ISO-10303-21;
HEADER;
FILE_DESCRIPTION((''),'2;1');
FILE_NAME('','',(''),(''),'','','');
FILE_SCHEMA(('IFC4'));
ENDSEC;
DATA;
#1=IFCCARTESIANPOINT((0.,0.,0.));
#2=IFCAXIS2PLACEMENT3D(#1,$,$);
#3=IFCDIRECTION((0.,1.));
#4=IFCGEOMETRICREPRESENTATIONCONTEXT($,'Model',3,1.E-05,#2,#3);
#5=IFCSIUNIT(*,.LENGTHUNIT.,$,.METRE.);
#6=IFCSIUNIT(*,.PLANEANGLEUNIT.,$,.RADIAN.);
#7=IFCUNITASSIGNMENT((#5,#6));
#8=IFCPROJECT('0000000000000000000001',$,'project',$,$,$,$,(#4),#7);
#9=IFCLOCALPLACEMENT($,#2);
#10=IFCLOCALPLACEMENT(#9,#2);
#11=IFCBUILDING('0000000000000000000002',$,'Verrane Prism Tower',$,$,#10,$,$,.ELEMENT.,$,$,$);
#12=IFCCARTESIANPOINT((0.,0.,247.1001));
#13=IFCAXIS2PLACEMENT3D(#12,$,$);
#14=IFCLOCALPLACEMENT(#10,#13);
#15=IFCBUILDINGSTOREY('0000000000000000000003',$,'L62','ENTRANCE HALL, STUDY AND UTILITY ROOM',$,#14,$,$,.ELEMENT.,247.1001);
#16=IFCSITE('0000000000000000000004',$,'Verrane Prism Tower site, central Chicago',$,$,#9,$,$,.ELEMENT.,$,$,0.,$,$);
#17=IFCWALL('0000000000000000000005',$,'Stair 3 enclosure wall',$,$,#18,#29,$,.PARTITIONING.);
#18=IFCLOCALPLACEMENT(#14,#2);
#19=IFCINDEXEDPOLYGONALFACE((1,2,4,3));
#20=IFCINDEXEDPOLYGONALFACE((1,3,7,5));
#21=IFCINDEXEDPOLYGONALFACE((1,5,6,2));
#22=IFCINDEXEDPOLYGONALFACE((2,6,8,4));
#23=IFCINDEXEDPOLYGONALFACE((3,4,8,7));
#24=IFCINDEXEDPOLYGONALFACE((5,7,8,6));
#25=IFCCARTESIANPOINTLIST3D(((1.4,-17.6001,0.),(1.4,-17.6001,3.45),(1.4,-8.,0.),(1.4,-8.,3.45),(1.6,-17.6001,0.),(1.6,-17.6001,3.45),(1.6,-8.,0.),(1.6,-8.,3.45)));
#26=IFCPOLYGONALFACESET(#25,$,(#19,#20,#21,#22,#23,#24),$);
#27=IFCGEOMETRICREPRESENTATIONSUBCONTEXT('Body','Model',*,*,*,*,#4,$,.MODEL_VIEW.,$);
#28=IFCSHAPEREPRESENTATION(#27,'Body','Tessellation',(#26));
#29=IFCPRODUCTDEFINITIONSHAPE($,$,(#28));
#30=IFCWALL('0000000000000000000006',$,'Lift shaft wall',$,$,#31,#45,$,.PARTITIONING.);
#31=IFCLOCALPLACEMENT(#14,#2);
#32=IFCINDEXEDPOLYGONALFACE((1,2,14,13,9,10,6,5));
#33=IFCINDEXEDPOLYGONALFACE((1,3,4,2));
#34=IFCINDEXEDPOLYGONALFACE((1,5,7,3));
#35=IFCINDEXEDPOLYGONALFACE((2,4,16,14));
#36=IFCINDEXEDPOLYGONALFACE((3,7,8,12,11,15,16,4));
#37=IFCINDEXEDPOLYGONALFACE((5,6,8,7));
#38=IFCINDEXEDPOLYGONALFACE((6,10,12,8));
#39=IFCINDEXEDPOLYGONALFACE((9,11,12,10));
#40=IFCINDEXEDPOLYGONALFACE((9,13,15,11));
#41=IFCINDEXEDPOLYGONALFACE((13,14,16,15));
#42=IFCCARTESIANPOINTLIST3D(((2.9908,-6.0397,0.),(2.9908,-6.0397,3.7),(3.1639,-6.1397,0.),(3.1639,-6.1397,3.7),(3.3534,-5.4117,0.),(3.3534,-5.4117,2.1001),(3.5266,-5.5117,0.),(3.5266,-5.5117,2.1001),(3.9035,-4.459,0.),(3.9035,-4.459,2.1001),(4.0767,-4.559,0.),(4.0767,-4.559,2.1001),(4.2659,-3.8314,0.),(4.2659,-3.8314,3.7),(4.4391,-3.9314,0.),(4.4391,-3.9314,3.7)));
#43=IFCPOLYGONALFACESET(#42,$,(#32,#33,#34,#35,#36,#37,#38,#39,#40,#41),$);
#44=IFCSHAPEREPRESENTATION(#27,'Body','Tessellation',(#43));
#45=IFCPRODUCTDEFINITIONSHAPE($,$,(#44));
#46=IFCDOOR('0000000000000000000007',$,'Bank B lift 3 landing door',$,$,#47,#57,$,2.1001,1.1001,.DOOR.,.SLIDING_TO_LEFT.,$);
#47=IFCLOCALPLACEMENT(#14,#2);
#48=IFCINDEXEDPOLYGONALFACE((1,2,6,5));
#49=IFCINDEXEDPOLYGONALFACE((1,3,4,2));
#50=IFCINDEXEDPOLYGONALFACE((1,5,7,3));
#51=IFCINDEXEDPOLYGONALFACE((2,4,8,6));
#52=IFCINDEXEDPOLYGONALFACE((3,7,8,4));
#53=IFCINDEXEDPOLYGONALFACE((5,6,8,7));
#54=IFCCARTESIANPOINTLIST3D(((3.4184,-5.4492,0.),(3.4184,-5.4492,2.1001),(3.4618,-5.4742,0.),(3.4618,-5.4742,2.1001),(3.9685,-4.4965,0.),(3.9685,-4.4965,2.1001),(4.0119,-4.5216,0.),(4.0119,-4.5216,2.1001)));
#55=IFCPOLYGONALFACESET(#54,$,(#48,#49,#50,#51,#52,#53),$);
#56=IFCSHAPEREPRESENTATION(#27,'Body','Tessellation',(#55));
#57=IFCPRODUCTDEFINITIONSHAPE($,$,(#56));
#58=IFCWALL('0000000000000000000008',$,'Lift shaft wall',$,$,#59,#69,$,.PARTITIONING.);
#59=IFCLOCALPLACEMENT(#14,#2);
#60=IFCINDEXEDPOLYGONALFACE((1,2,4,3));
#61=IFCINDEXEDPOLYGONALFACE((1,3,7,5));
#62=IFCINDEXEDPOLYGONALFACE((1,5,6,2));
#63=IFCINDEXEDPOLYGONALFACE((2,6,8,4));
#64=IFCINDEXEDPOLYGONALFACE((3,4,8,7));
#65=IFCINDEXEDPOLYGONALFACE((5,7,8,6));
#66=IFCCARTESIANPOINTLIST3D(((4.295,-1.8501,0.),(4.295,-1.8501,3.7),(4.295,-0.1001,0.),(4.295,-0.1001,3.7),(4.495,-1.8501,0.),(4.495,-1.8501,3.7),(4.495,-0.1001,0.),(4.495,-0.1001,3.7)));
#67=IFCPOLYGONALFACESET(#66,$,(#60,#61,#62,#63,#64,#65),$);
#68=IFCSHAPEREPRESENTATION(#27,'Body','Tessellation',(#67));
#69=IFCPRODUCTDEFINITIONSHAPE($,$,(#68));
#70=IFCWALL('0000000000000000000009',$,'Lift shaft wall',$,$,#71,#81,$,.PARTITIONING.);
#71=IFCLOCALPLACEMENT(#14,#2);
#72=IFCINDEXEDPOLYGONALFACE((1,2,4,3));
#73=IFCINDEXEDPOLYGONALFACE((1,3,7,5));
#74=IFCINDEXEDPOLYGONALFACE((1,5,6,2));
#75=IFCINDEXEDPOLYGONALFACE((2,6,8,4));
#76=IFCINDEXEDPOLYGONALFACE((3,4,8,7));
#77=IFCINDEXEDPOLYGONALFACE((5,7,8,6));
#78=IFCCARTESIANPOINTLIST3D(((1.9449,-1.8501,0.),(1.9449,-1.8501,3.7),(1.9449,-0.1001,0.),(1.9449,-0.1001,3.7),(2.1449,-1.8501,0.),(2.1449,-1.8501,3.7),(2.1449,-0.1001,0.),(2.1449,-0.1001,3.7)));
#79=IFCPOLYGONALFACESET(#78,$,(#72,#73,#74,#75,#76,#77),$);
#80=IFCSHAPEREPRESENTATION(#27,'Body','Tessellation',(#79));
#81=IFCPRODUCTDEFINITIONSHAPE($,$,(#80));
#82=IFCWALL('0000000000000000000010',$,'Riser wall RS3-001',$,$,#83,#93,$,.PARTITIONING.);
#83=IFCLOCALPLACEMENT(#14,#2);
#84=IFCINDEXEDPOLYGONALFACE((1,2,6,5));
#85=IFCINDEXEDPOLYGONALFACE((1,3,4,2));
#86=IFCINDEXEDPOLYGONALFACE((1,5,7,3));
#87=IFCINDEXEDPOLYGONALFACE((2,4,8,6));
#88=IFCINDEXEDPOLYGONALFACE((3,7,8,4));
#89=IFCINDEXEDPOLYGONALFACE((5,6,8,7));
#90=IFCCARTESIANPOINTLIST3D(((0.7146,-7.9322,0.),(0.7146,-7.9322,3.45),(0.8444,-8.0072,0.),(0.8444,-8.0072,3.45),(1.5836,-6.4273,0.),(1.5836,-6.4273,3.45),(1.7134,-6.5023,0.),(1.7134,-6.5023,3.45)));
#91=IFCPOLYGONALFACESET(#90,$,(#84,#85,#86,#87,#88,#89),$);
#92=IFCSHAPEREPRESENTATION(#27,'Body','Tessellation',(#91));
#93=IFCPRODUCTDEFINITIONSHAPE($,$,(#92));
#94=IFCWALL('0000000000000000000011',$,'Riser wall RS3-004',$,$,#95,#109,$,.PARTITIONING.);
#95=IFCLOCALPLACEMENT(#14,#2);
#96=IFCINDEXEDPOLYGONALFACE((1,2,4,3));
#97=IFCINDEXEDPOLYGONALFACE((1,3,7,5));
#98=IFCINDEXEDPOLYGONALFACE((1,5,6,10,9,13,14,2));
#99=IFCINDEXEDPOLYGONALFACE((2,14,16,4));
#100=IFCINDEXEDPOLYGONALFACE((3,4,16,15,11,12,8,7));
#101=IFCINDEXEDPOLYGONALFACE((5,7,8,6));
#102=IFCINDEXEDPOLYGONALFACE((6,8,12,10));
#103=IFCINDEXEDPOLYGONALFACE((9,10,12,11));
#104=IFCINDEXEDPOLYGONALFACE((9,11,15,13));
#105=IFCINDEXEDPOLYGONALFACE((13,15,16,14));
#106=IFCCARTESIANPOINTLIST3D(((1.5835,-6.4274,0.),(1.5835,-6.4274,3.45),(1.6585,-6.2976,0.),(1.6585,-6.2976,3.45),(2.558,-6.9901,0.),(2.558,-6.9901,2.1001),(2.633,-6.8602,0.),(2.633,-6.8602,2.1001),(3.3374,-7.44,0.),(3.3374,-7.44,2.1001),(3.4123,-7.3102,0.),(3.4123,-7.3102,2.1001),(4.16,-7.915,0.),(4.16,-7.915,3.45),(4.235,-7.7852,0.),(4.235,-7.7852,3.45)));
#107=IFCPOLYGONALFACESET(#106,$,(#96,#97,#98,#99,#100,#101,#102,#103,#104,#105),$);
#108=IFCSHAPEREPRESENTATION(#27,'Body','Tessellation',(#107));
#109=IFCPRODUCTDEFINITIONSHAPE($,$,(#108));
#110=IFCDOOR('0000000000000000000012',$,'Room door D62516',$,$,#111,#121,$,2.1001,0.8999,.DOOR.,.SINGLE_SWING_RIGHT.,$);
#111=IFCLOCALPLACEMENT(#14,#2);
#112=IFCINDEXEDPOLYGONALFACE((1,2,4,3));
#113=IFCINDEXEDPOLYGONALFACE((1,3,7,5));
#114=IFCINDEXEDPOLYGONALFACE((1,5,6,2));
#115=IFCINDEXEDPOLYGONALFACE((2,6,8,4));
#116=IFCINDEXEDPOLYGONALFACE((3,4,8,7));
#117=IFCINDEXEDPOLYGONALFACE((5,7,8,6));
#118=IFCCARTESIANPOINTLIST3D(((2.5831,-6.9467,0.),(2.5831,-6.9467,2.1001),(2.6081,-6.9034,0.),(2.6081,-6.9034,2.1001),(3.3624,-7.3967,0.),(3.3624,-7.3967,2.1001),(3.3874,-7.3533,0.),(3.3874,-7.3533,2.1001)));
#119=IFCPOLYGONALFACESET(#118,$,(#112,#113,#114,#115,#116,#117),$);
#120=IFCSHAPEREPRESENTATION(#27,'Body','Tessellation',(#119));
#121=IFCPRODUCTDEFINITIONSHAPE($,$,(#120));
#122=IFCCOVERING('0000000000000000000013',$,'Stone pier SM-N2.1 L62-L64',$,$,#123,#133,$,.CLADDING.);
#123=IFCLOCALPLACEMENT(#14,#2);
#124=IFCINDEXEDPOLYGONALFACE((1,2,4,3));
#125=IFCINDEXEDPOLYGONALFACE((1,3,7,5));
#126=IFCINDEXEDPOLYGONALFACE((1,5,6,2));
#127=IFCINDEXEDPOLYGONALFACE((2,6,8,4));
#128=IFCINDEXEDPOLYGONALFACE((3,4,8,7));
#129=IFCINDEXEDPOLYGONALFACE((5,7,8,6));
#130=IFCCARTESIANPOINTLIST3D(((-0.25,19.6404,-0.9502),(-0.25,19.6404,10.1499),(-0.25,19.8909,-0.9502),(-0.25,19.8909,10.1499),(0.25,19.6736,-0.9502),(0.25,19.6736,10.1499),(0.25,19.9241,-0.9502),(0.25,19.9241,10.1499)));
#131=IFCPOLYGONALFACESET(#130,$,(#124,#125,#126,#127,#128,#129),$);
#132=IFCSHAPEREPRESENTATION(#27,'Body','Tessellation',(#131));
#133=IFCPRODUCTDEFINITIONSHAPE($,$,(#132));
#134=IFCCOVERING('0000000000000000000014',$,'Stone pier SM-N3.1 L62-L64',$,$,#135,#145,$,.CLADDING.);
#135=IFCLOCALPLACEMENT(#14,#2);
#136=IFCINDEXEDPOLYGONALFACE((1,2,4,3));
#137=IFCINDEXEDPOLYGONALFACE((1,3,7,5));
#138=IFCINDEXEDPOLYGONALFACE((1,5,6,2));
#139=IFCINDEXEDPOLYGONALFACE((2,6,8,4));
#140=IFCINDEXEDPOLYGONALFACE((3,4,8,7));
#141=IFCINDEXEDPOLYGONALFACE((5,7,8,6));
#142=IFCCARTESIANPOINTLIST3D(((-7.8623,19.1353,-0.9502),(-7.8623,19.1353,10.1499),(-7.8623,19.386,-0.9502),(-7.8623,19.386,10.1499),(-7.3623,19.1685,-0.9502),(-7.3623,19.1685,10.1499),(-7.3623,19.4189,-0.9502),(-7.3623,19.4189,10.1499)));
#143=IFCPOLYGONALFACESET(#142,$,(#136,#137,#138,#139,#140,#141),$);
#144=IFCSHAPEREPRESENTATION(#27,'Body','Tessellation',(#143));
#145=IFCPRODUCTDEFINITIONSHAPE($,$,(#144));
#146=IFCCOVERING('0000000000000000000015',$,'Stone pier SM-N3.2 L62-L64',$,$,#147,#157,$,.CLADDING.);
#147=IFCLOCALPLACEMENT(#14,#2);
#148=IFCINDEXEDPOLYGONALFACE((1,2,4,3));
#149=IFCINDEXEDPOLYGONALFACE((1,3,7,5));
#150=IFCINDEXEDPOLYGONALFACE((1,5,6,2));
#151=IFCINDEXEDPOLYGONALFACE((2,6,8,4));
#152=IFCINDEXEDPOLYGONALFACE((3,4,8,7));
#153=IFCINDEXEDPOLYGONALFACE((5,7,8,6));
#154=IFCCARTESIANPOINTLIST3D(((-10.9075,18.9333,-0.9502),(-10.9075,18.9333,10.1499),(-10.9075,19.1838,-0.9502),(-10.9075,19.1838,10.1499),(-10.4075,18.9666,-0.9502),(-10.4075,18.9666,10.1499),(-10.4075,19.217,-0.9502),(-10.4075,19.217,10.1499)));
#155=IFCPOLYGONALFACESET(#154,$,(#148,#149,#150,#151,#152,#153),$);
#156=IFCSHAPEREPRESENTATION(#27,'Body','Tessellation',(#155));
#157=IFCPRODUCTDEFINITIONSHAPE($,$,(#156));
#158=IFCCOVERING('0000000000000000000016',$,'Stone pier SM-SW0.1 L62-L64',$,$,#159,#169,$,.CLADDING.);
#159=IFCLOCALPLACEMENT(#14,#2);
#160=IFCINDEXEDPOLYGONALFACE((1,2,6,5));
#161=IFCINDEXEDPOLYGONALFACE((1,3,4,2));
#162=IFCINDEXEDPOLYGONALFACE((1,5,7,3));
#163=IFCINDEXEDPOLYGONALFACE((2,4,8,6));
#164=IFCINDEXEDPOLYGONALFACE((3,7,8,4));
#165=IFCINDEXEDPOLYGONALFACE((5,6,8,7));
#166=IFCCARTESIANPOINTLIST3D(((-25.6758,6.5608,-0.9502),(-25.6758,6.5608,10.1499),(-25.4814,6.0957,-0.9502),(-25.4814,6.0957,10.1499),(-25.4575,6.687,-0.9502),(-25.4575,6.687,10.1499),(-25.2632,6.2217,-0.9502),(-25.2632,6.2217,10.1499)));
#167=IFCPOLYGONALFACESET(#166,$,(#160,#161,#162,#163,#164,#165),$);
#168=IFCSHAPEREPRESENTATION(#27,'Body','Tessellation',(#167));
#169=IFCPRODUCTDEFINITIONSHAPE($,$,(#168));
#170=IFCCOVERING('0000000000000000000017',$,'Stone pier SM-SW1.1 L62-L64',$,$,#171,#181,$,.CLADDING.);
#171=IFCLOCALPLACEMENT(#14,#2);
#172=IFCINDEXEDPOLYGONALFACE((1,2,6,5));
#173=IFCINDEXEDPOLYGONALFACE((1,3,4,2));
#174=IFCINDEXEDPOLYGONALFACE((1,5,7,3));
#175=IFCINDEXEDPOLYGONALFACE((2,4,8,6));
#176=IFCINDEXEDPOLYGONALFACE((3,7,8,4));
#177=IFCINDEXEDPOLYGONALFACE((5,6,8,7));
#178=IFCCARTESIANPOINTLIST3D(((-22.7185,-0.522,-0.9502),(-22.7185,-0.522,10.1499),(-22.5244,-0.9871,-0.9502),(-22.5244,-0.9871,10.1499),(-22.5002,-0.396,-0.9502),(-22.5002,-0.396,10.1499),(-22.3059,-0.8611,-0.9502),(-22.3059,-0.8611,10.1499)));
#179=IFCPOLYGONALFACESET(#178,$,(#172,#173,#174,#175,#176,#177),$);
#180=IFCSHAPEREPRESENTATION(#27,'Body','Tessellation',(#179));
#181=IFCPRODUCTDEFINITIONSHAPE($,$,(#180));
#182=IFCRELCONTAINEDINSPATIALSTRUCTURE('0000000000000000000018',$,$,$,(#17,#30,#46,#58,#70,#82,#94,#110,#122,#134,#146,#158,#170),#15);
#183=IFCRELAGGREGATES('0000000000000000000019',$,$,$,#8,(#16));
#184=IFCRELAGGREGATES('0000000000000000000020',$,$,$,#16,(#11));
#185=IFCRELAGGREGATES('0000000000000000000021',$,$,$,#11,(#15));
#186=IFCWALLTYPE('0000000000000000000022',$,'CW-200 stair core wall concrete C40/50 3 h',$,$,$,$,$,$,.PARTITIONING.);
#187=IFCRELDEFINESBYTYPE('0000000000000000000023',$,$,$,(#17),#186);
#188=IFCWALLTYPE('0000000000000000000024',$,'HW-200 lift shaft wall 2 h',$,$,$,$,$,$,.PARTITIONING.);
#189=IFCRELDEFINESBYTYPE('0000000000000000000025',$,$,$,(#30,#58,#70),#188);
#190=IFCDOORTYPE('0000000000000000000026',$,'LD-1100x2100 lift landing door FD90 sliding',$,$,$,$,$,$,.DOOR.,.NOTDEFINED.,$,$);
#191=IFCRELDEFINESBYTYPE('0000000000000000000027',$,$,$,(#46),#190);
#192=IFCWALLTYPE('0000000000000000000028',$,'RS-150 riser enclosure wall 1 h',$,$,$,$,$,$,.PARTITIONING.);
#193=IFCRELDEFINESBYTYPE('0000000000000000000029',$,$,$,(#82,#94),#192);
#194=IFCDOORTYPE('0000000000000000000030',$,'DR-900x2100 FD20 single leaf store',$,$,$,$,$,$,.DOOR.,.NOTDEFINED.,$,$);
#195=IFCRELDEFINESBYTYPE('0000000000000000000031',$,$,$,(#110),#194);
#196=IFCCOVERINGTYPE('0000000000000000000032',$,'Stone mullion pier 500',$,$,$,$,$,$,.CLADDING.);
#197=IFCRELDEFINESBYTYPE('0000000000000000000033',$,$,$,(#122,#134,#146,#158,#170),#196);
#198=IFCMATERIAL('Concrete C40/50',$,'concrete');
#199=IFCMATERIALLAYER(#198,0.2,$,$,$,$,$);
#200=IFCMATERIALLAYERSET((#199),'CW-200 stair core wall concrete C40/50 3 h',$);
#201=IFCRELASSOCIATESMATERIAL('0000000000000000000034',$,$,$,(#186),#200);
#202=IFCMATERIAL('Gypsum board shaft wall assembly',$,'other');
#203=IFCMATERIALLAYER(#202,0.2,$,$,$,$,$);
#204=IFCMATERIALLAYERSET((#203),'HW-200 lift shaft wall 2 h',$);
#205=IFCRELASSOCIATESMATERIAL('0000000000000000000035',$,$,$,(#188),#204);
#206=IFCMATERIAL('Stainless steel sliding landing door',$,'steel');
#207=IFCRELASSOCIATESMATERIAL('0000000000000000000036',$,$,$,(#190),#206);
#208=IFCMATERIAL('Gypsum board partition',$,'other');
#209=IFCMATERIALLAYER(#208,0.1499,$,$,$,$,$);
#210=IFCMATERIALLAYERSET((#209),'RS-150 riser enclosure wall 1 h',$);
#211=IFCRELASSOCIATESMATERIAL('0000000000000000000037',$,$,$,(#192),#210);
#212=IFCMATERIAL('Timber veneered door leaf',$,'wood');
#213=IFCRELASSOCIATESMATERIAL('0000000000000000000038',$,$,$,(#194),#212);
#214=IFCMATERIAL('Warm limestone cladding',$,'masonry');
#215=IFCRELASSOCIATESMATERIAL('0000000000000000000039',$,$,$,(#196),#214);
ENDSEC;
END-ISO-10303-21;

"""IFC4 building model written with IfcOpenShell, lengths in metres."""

from ifc_helpers import new_model, si_unit, direction, frame, frame_2d, origin, place, context, subcontext, project, spatial, polyline, rectangle, outline, extrude, material, layer, layer_set, type_object, element, fill, save


model = new_model("IFC4")

# Units and contexts
model_context = context("Model", 3, precision=1e-05, world=origin(), true_north=direction((0.0, 1.0)))
body_context = subcontext(model_context, "Body", "Model", "MODEL_VIEW")
ifc_project = project(units=[si_unit("LENGTHUNIT", "METRE"), si_unit("PLANEANGLEUNIT", "RADIAN")], contexts=[model_context])

# Site, building, storey
site_placement = place(None, origin())
site = spatial("IfcSite", under=ifc_project, at=site_placement, Name="Verrane Prism Tower site, central Chicago", CompositionType="ELEMENT", RefElevation=0.0)
building_placement = place(site_placement, origin())
building = spatial("IfcBuilding", under=site, at=building_placement, Name="Verrane Prism Tower", CompositionType="ELEMENT")
storey_placement = place(building_placement, frame((0.0, 0.0, 247.1001)))
storey = spatial("IfcBuildingStorey", under=building, at=storey_placement, Name="L62", Description="ENTRANCE HALL, STUDY AND UTILITY ROOM", CompositionType="ELEMENT", Elevation=247.1001)

# Wall
ifc_material_1 = material(Name="Concrete C40/50", Category="concrete")
ifc_layer_1 = layer(ifc_material_1, 0.2)
ifc_layer_set_1 = layer_set([ifc_layer_1], Name="CW-200 stair core wall concrete C40/50 3 h")
wall_type_1 = type_object("IfcWallType", Name="CW-200 stair core wall concrete C40/50 3 h", PredefinedType="PARTITIONING", material=ifc_layer_set_1)
wall_1_placement = place(storey_placement, frame((1.5, -8.0, 0.0), z_axis=(0.0, 0.0, 1.0), x_axis=(0.0, -1.0, 0.0)))
element("IfcWall", 1, at=wall_1_placement, inside=storey, type_object=wall_type_1, Name="Stair 3 enclosure wall", PredefinedType="PARTITIONING", context=body_context, shape_type="SweptSolid", body=[
    extrude(rectangle(XDim=9.6001, YDim=0.2, at=frame_2d((4.8, 0.0))), origin(), (0.0, 0.0, 1.0), 3.45),
])

# Wall, opening, door
ifc_material_2 = material(Name="Gypsum board shaft wall assembly", Category="other")
ifc_layer_2 = layer(ifc_material_2, 0.2)
ifc_layer_set_2 = layer_set([ifc_layer_2], Name="HW-200 lift shaft wall 2 h")
wall_type_2 = type_object("IfcWallType", Name="HW-200 lift shaft wall 2 h", PredefinedType="PARTITIONING", material=ifc_layer_set_2)
wall_2_placement = place(storey_placement, frame((3.0774, -6.0896, 0.0), z_axis=(0.0, 0.0, 1.0), x_axis=(0.500062, 0.865989, 0.0)))
wall_2 = element("IfcWall", 2, at=wall_2_placement, inside=storey, type_object=wall_type_2, Name="Lift shaft wall", PredefinedType="PARTITIONING", context=body_context, shape_type="SweptSolid", body=[
    extrude(rectangle(XDim=2.55, YDim=0.2, at=frame_2d((1.2749, 0.0))), origin(), (0.0, 0.0, 1.0), 3.7),
])
opening_1_placement = place(wall_2_placement, frame((0.7251, 0.0, 0.0)))
opening_1 = element("IfcOpeningElement", 3, at=opening_1_placement, cuts=wall_2, PredefinedType="OPENING", context=body_context, shape_type="SweptSolid", body=[
    extrude(rectangle(XDim=1.1001, YDim=2.1001, at=frame_2d((0.55, 1.05))), frame((0.0, 0.1099, 0.0), z_axis=(0.0, -1.0, 0.0), x_axis=(1.0, 0.0, 0.0)), (0.0, 0.0, 1.0), 0.22),
])
ifc_material_3 = material(Name="Stainless steel sliding landing door", Category="steel")
door_type_1 = type_object("IfcDoorType", Name="LD-1100x2100 lift landing door FD90 sliding", OperationType="NOTDEFINED", PredefinedType="DOOR", material=ifc_material_3)
door_1_placement = place(opening_1_placement, origin())
door_1 = element("IfcDoor", 4, at=door_1_placement, inside=storey, type_object=door_type_1, Name="Bank B lift 3 landing door", OperationType="SLIDING_TO_LEFT", OverallHeight=2.1001, OverallWidth=1.1001, PredefinedType="DOOR", context=body_context, shape_type="SweptSolid", body=[
    extrude(rectangle(XDim=1.1001, YDim=2.1001, at=frame_2d((0.55, 1.05))), frame((0.0, 0.0249, 0.0), z_axis=(0.0, -1.0, 0.0), x_axis=(1.0, 0.0, 0.0)), (0.0, 0.0, 1.0), 0.05),
])
fill(opening_1, door_1)

# Walls
for number, where, z_axis, x_axis, name in (
    (5, (4.395, -1.8501, 0.0), (0.0, 0.0, 1.0), (0.0, 1.0, 0.0), "Lift shaft wall"),
    (6, (2.0449, -1.8501, 0.0), (0.0, 0.0, 1.0), (0.0, 1.0, 0.0), "Lift shaft wall"),
):
    element("IfcWall", number, at=place(storey_placement, frame(where, z_axis=z_axis, x_axis=x_axis)), inside=storey, type_object=wall_type_2, Name=name, PredefinedType="PARTITIONING", context=body_context, shape_type="SweptSolid", body=[
        extrude(rectangle(XDim=1.75, YDim=0.2, at=frame_2d((0.875, 0.0))), origin(), (0.0, 0.0, 1.0), 3.7),
    ])
ifc_material_4 = material(Name="Gypsum board partition", Category="other")
ifc_layer_3 = layer(ifc_material_4, 0.1499)
ifc_layer_set_3 = layer_set([ifc_layer_3], Name="RS-150 riser enclosure wall 1 h")
wall_type_3 = type_object("IfcWallType", Name="RS-150 riser enclosure wall 1 h", PredefinedType="PARTITIONING", material=ifc_layer_set_3)
wall_3_placement = place(storey_placement, frame((0.7795, -7.9697, 0.0), z_axis=(0.0, 0.0, 1.0), x_axis=(0.500022, 0.866012, 0.0)))
element("IfcWall", 7, at=wall_3_placement, inside=storey, type_object=wall_type_3, Name="Riser wall RS3-001", PredefinedType="PARTITIONING", context=body_context, shape_type="SweptSolid", body=[
    extrude(rectangle(XDim=1.7378, YDim=0.1499, at=frame_2d((0.8689, 0.0))), origin(), (0.0, 0.0, 1.0), 3.45),
])

# Wall, opening, door
wall_4_placement = place(storey_placement, frame((4.1975, -7.8501, 0.0), z_axis=(0.0, 0.0, 1.0), x_axis=(-0.866017, 0.500014, 0.0)))
wall_4 = element("IfcWall", 8, at=wall_4_placement, inside=storey, type_object=wall_type_3, Name="Riser wall RS3-004", PredefinedType="PARTITIONING", context=body_context, shape_type="SweptSolid", body=[
    extrude(rectangle(XDim=2.9751, YDim=0.1499, at=frame_2d((1.4875, 0.0))), origin(), (0.0, 0.0, 1.0), 3.45),
])
opening_2_placement = place(wall_4_placement, frame((0.95, 0.0, 0.0)))
opening_2 = element("IfcOpeningElement", 9, at=opening_2_placement, cuts=wall_4, PredefinedType="OPENING", context=body_context, shape_type="SweptSolid", body=[
    extrude(rectangle(XDim=0.8999, YDim=2.1001, at=frame_2d((0.45, 1.05))), frame((0.0, 0.085, 0.0), z_axis=(0.0, -1.0, 0.0), x_axis=(1.0, 0.0, 0.0)), (0.0, 0.0, 1.0), 0.1699),
])
ifc_material_5 = material(Name="Timber veneered door leaf", Category="wood")
door_type_2 = type_object("IfcDoorType", Name="DR-900x2100 FD20 single leaf store", OperationType="NOTDEFINED", PredefinedType="DOOR", material=ifc_material_5)
door_2_placement = place(opening_2_placement, origin())
door_2 = element("IfcDoor", 10, at=door_2_placement, inside=storey, type_object=door_type_2, Name="Room door D62516", OperationType="SINGLE_SWING_RIGHT", OverallHeight=2.1001, OverallWidth=0.8999, PredefinedType="DOOR", context=body_context, shape_type="SweptSolid", body=[
    extrude(rectangle(XDim=0.8999, YDim=2.1001, at=frame_2d((0.45, 1.05))), frame((0.0, 0.0249, 0.0), z_axis=(0.0, -1.0, 0.0), x_axis=(1.0, 0.0, 0.0)), (0.0, 0.0, 1.0), 0.05),
])
fill(opening_2, door_2)

# Coverings
ifc_material_6 = material(Name="Warm limestone cladding", Category="masonry")
covering_type_1 = type_object("IfcCoveringType", Name="Stone mullion pier 500", PredefinedType="CLADDING", material=ifc_material_6)
covering_1_placement = place(storey_placement, frame((0.0, 0.0, -0.9502)))
element("IfcCovering", 11, at=covering_1_placement, inside=storey, type_object=covering_type_1, Name="Stone pier SM-N2.1 L62-L64", PredefinedType="CLADDING", context=body_context, shape_type="SweptSolid", body=[
    extrude(outline(polyline([(-0.25, 19.6404), (0.25, 19.6736), (0.25, 19.9241), (-0.25, 19.8909), (-0.25, 19.6404)])), origin(), (0.0, 0.0, 1.0), 11.1001),
])
covering_2_placement = place(storey_placement, frame((0.0, 0.0, -0.9502)))
element("IfcCovering", 12, at=covering_2_placement, inside=storey, type_object=covering_type_1, Name="Stone pier SM-N3.1 L62-L64", PredefinedType="CLADDING", context=body_context, shape_type="SweptSolid", body=[
    extrude(outline(polyline([(-7.8623, 19.1353), (-7.3623, 19.1685), (-7.3623, 19.4189), (-7.8623, 19.386), (-7.8623, 19.1353)])), origin(), (0.0, 0.0, 1.0), 11.1001),
])
covering_3_placement = place(storey_placement, frame((0.0, 0.0, -0.9502)))
element("IfcCovering", 13, at=covering_3_placement, inside=storey, type_object=covering_type_1, Name="Stone pier SM-N3.2 L62-L64", PredefinedType="CLADDING", context=body_context, shape_type="SweptSolid", body=[
    extrude(outline(polyline([(-10.9075, 18.9333), (-10.4075, 18.9666), (-10.4075, 19.217), (-10.9075, 19.1838), (-10.9075, 18.9333)])), origin(), (0.0, 0.0, 1.0), 11.1001),
])
covering_4_placement = place(storey_placement, frame((0.0, 0.0, -0.9502)))
element("IfcCovering", 14, at=covering_4_placement, inside=storey, type_object=covering_type_1, Name="Stone pier SM-SW0.1 L62-L64", PredefinedType="CLADDING", context=body_context, shape_type="SweptSolid", body=[
    extrude(outline(polyline([(-25.2632, 6.2217), (-25.4575, 6.687), (-25.6758, 6.5608), (-25.4814, 6.0957), (-25.2632, 6.2217)])), origin(), (0.0, 0.0, 1.0), 11.1001),
])
covering_5_placement = place(storey_placement, frame((0.0, 0.0, -0.9502)))
element("IfcCovering", 15, at=covering_5_placement, inside=storey, type_object=covering_type_1, Name="Stone pier SM-SW1.1 L62-L64", PredefinedType="CLADDING", context=body_context, shape_type="SweptSolid", body=[
    extrude(outline(polyline([(-22.3059, -0.8611), (-22.5002, -0.396), (-22.7185, -0.522), (-22.5244, -0.9871), (-22.3059, -0.8611)])), origin(), (0.0, 0.0, 1.0), 11.1001),
])

save(model, "model.ifc")
